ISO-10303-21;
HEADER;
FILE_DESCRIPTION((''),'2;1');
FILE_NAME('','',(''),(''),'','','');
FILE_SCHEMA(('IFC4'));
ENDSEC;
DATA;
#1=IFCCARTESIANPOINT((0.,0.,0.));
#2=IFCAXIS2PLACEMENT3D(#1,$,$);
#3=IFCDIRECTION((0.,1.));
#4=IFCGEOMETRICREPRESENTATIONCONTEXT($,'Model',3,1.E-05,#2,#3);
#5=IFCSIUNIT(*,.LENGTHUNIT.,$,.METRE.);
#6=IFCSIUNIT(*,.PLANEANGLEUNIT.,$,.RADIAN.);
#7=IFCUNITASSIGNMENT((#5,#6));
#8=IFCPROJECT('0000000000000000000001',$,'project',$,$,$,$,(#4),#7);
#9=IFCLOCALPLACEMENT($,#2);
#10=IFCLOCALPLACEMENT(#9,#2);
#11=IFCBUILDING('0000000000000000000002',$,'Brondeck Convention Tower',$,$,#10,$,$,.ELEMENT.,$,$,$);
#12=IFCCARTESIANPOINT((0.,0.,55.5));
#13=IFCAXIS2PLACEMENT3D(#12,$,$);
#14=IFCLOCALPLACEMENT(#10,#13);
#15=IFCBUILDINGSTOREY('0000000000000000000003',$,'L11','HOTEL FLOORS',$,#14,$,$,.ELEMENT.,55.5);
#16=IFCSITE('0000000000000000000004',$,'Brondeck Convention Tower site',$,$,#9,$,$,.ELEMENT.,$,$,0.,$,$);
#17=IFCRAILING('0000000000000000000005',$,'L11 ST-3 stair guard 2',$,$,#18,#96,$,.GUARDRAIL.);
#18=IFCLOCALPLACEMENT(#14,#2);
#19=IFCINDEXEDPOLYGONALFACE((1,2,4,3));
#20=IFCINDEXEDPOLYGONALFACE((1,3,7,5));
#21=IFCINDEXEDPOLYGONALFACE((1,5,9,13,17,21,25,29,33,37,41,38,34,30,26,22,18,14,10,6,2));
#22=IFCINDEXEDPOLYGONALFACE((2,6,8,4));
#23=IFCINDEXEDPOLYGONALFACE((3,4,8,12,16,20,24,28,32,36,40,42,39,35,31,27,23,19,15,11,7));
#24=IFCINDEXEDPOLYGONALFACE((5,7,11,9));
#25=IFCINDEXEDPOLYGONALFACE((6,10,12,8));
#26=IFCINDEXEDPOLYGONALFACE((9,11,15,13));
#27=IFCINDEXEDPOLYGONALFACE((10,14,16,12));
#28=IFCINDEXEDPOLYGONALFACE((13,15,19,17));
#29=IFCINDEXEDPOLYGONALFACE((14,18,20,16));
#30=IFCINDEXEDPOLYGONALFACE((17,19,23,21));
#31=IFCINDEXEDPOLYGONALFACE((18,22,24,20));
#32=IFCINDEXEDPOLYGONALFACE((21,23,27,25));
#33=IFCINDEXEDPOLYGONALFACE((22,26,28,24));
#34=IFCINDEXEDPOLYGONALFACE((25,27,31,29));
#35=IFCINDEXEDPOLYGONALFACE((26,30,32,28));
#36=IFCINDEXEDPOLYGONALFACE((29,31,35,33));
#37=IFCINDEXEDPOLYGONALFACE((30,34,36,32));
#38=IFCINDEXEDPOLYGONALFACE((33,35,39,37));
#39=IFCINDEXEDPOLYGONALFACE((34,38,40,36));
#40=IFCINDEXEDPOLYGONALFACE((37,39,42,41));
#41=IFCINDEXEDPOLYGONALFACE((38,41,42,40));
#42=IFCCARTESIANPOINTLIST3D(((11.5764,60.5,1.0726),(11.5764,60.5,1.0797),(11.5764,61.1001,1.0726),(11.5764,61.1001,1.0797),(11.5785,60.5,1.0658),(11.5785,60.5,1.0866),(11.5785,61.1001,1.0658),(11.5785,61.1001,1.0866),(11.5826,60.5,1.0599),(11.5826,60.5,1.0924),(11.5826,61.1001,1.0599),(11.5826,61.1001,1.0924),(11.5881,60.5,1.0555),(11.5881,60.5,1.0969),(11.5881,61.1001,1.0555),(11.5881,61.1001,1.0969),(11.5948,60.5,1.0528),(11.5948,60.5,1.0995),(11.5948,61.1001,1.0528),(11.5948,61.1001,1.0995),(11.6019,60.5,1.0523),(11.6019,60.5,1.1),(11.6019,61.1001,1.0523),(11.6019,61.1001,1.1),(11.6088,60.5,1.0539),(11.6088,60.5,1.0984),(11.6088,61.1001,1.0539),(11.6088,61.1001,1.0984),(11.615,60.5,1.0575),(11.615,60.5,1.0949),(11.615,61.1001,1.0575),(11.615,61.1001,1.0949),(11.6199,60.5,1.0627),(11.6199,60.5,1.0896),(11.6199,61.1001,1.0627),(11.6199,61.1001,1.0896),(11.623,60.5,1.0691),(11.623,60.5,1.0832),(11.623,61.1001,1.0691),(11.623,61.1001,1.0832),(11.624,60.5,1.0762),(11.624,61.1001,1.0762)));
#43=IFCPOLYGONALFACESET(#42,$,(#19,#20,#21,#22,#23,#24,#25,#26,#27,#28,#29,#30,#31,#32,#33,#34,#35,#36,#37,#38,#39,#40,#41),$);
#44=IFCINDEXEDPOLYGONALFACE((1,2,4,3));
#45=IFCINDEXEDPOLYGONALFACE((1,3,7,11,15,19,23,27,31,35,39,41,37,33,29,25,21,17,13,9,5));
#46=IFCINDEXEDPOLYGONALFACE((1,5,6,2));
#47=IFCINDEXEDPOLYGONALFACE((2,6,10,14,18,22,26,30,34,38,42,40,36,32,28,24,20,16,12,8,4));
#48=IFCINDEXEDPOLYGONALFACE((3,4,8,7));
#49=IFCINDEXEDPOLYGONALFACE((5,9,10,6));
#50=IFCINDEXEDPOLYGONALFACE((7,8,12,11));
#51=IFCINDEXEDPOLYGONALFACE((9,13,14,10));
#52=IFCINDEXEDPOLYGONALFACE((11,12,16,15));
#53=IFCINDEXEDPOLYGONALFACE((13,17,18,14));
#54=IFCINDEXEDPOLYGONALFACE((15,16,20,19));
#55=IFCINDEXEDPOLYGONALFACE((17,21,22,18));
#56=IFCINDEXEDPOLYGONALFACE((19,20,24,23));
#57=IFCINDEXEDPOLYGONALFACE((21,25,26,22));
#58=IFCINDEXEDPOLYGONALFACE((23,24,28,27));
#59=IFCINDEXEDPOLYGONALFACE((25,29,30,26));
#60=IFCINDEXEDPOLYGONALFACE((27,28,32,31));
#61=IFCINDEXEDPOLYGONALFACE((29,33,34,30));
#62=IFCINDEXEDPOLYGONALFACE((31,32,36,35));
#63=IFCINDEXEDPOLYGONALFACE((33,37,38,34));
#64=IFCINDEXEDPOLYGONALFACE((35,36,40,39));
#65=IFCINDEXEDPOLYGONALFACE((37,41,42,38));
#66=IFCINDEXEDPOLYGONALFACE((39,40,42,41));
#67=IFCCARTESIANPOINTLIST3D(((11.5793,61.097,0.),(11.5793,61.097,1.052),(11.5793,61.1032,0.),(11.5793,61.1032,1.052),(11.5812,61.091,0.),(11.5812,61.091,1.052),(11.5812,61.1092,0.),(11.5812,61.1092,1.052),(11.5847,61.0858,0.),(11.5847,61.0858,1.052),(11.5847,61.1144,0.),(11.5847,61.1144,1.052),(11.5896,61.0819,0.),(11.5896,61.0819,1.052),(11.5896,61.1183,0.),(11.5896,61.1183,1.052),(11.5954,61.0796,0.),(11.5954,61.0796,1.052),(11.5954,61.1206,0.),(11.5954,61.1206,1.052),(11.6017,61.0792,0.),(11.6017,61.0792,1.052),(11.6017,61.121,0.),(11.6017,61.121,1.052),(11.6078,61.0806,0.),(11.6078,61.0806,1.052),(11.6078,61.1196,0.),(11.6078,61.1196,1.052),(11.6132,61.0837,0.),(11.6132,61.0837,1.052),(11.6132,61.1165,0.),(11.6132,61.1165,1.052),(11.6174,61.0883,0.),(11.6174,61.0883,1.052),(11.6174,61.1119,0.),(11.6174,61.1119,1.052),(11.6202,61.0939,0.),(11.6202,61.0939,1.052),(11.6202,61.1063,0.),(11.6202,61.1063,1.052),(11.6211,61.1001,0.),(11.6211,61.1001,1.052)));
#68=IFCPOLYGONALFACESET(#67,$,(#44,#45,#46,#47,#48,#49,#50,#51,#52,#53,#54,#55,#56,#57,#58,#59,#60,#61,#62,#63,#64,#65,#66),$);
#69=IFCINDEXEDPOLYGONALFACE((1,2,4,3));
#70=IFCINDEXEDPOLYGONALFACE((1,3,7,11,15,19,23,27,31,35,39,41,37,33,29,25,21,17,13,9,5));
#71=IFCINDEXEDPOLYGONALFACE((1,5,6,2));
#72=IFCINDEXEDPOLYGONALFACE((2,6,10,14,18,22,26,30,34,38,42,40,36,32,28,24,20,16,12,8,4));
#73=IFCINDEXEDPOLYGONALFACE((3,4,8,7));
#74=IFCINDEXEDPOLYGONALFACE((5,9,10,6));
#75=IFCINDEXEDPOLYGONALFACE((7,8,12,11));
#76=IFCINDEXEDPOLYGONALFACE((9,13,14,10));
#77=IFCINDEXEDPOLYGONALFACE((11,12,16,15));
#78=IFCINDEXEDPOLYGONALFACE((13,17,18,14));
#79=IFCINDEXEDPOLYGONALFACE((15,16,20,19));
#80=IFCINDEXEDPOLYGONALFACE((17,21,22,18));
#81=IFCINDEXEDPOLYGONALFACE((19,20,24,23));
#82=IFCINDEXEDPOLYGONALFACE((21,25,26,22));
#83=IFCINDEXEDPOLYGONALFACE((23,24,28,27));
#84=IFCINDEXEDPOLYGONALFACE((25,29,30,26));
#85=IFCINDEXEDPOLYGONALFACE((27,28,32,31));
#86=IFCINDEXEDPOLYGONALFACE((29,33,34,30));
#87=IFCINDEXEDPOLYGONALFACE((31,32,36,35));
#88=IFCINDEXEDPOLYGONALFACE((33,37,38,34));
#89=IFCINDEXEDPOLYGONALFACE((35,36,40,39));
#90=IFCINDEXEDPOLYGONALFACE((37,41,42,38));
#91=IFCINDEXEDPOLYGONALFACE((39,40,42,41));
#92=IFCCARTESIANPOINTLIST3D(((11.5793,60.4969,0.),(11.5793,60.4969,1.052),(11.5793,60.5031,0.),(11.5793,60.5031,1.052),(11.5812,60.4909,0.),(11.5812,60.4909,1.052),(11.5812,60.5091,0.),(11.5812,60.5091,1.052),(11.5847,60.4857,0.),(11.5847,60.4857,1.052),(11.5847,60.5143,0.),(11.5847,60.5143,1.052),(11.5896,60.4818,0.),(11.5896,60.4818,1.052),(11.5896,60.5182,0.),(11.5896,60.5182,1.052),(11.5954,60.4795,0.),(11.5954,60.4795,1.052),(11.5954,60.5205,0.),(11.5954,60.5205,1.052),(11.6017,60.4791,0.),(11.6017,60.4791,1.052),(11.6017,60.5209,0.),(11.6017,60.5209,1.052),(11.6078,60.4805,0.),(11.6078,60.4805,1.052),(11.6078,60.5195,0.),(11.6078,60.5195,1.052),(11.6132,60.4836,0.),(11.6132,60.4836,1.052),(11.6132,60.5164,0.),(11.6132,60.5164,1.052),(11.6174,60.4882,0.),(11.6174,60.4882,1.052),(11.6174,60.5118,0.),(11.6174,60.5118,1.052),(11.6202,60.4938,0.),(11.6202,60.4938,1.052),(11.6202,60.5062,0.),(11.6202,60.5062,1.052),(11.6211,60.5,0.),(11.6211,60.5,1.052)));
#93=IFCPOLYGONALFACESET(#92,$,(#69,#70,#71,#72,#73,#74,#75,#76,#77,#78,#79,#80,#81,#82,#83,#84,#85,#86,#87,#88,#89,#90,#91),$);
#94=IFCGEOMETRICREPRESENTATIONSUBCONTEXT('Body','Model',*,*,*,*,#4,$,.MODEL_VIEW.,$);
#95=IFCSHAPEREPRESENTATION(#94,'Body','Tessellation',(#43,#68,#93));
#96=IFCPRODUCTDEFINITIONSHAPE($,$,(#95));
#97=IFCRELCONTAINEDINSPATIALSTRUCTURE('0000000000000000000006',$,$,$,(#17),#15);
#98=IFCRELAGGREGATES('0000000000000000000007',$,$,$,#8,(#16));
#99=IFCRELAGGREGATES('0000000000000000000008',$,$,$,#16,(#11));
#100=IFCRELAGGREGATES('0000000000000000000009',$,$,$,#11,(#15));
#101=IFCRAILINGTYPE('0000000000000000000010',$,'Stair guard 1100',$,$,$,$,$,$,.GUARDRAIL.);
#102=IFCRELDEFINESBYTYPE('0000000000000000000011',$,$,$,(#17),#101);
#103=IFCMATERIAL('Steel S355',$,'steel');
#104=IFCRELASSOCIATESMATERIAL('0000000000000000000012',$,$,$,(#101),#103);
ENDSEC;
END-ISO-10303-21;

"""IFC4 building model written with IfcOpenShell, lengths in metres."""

from ifc_helpers import new_model, si_unit, direction, frame, origin, origin_2d, place, context, subcontext, project, spatial, circle, extrude, material, type_object, element, save


model = new_model("IFC4")

# Units and contexts
model_context = context("Model", 3, precision=1e-05, world=origin(), true_north=direction((0.0, 1.0)))
body_context = subcontext(model_context, "Body", "Model", "MODEL_VIEW")
ifc_project = project(units=[si_unit("LENGTHUNIT", "METRE"), si_unit("PLANEANGLEUNIT", "RADIAN")], contexts=[model_context])

# Site, building, storey
site_placement = place(None, origin())
site = spatial("IfcSite", under=ifc_project, at=site_placement, Name="Brondeck Convention Tower site", CompositionType="ELEMENT", RefElevation=0.0)
building_placement = place(site_placement, origin())
building = spatial("IfcBuilding", under=site, at=building_placement, Name="Brondeck Convention Tower", CompositionType="ELEMENT")
storey_placement = place(building_placement, frame((0.0, 0.0, 55.5)))
storey = spatial("IfcBuildingStorey", under=building, at=storey_placement, Name="L11", Description="HOTEL FLOORS", CompositionType="ELEMENT", Elevation=55.5)

# Railing
ifc_material_1 = material(Name="Steel S355", Category="steel")
railing_type_1 = type_object("IfcRailingType", Name="Stair guard 1100", PredefinedType="GUARDRAIL", material=ifc_material_1)
railing_1_placement = place(storey_placement, frame((11.6001, 61.1001, 0.0)))
element("IfcRailing", 1, at=railing_1_placement, inside=storey, type_object=railing_type_1, Name="L11 ST-3 stair guard 2", PredefinedType="GUARDRAIL", context=body_context, shape_type="SweptSolid", body=[
    extrude(circle(Radius=0.0239, at=origin_2d()), frame((0.0, 0.0, 1.0762), z_axis=(0.0, -1.0, 0.0), x_axis=(1.0, 0.0, 0.0)), (0.0, 0.0, 1.0), 0.6001),
    extrude(circle(Radius=0.021, at=origin_2d()), origin(), (0.0, 0.0, 1.0), 1.052),
    extrude(circle(Radius=0.021, at=origin_2d()), frame((0.0, -0.6001, 0.0)), (0.0, 0.0, 1.0), 1.052),
])

save(model, "model.ifc")
